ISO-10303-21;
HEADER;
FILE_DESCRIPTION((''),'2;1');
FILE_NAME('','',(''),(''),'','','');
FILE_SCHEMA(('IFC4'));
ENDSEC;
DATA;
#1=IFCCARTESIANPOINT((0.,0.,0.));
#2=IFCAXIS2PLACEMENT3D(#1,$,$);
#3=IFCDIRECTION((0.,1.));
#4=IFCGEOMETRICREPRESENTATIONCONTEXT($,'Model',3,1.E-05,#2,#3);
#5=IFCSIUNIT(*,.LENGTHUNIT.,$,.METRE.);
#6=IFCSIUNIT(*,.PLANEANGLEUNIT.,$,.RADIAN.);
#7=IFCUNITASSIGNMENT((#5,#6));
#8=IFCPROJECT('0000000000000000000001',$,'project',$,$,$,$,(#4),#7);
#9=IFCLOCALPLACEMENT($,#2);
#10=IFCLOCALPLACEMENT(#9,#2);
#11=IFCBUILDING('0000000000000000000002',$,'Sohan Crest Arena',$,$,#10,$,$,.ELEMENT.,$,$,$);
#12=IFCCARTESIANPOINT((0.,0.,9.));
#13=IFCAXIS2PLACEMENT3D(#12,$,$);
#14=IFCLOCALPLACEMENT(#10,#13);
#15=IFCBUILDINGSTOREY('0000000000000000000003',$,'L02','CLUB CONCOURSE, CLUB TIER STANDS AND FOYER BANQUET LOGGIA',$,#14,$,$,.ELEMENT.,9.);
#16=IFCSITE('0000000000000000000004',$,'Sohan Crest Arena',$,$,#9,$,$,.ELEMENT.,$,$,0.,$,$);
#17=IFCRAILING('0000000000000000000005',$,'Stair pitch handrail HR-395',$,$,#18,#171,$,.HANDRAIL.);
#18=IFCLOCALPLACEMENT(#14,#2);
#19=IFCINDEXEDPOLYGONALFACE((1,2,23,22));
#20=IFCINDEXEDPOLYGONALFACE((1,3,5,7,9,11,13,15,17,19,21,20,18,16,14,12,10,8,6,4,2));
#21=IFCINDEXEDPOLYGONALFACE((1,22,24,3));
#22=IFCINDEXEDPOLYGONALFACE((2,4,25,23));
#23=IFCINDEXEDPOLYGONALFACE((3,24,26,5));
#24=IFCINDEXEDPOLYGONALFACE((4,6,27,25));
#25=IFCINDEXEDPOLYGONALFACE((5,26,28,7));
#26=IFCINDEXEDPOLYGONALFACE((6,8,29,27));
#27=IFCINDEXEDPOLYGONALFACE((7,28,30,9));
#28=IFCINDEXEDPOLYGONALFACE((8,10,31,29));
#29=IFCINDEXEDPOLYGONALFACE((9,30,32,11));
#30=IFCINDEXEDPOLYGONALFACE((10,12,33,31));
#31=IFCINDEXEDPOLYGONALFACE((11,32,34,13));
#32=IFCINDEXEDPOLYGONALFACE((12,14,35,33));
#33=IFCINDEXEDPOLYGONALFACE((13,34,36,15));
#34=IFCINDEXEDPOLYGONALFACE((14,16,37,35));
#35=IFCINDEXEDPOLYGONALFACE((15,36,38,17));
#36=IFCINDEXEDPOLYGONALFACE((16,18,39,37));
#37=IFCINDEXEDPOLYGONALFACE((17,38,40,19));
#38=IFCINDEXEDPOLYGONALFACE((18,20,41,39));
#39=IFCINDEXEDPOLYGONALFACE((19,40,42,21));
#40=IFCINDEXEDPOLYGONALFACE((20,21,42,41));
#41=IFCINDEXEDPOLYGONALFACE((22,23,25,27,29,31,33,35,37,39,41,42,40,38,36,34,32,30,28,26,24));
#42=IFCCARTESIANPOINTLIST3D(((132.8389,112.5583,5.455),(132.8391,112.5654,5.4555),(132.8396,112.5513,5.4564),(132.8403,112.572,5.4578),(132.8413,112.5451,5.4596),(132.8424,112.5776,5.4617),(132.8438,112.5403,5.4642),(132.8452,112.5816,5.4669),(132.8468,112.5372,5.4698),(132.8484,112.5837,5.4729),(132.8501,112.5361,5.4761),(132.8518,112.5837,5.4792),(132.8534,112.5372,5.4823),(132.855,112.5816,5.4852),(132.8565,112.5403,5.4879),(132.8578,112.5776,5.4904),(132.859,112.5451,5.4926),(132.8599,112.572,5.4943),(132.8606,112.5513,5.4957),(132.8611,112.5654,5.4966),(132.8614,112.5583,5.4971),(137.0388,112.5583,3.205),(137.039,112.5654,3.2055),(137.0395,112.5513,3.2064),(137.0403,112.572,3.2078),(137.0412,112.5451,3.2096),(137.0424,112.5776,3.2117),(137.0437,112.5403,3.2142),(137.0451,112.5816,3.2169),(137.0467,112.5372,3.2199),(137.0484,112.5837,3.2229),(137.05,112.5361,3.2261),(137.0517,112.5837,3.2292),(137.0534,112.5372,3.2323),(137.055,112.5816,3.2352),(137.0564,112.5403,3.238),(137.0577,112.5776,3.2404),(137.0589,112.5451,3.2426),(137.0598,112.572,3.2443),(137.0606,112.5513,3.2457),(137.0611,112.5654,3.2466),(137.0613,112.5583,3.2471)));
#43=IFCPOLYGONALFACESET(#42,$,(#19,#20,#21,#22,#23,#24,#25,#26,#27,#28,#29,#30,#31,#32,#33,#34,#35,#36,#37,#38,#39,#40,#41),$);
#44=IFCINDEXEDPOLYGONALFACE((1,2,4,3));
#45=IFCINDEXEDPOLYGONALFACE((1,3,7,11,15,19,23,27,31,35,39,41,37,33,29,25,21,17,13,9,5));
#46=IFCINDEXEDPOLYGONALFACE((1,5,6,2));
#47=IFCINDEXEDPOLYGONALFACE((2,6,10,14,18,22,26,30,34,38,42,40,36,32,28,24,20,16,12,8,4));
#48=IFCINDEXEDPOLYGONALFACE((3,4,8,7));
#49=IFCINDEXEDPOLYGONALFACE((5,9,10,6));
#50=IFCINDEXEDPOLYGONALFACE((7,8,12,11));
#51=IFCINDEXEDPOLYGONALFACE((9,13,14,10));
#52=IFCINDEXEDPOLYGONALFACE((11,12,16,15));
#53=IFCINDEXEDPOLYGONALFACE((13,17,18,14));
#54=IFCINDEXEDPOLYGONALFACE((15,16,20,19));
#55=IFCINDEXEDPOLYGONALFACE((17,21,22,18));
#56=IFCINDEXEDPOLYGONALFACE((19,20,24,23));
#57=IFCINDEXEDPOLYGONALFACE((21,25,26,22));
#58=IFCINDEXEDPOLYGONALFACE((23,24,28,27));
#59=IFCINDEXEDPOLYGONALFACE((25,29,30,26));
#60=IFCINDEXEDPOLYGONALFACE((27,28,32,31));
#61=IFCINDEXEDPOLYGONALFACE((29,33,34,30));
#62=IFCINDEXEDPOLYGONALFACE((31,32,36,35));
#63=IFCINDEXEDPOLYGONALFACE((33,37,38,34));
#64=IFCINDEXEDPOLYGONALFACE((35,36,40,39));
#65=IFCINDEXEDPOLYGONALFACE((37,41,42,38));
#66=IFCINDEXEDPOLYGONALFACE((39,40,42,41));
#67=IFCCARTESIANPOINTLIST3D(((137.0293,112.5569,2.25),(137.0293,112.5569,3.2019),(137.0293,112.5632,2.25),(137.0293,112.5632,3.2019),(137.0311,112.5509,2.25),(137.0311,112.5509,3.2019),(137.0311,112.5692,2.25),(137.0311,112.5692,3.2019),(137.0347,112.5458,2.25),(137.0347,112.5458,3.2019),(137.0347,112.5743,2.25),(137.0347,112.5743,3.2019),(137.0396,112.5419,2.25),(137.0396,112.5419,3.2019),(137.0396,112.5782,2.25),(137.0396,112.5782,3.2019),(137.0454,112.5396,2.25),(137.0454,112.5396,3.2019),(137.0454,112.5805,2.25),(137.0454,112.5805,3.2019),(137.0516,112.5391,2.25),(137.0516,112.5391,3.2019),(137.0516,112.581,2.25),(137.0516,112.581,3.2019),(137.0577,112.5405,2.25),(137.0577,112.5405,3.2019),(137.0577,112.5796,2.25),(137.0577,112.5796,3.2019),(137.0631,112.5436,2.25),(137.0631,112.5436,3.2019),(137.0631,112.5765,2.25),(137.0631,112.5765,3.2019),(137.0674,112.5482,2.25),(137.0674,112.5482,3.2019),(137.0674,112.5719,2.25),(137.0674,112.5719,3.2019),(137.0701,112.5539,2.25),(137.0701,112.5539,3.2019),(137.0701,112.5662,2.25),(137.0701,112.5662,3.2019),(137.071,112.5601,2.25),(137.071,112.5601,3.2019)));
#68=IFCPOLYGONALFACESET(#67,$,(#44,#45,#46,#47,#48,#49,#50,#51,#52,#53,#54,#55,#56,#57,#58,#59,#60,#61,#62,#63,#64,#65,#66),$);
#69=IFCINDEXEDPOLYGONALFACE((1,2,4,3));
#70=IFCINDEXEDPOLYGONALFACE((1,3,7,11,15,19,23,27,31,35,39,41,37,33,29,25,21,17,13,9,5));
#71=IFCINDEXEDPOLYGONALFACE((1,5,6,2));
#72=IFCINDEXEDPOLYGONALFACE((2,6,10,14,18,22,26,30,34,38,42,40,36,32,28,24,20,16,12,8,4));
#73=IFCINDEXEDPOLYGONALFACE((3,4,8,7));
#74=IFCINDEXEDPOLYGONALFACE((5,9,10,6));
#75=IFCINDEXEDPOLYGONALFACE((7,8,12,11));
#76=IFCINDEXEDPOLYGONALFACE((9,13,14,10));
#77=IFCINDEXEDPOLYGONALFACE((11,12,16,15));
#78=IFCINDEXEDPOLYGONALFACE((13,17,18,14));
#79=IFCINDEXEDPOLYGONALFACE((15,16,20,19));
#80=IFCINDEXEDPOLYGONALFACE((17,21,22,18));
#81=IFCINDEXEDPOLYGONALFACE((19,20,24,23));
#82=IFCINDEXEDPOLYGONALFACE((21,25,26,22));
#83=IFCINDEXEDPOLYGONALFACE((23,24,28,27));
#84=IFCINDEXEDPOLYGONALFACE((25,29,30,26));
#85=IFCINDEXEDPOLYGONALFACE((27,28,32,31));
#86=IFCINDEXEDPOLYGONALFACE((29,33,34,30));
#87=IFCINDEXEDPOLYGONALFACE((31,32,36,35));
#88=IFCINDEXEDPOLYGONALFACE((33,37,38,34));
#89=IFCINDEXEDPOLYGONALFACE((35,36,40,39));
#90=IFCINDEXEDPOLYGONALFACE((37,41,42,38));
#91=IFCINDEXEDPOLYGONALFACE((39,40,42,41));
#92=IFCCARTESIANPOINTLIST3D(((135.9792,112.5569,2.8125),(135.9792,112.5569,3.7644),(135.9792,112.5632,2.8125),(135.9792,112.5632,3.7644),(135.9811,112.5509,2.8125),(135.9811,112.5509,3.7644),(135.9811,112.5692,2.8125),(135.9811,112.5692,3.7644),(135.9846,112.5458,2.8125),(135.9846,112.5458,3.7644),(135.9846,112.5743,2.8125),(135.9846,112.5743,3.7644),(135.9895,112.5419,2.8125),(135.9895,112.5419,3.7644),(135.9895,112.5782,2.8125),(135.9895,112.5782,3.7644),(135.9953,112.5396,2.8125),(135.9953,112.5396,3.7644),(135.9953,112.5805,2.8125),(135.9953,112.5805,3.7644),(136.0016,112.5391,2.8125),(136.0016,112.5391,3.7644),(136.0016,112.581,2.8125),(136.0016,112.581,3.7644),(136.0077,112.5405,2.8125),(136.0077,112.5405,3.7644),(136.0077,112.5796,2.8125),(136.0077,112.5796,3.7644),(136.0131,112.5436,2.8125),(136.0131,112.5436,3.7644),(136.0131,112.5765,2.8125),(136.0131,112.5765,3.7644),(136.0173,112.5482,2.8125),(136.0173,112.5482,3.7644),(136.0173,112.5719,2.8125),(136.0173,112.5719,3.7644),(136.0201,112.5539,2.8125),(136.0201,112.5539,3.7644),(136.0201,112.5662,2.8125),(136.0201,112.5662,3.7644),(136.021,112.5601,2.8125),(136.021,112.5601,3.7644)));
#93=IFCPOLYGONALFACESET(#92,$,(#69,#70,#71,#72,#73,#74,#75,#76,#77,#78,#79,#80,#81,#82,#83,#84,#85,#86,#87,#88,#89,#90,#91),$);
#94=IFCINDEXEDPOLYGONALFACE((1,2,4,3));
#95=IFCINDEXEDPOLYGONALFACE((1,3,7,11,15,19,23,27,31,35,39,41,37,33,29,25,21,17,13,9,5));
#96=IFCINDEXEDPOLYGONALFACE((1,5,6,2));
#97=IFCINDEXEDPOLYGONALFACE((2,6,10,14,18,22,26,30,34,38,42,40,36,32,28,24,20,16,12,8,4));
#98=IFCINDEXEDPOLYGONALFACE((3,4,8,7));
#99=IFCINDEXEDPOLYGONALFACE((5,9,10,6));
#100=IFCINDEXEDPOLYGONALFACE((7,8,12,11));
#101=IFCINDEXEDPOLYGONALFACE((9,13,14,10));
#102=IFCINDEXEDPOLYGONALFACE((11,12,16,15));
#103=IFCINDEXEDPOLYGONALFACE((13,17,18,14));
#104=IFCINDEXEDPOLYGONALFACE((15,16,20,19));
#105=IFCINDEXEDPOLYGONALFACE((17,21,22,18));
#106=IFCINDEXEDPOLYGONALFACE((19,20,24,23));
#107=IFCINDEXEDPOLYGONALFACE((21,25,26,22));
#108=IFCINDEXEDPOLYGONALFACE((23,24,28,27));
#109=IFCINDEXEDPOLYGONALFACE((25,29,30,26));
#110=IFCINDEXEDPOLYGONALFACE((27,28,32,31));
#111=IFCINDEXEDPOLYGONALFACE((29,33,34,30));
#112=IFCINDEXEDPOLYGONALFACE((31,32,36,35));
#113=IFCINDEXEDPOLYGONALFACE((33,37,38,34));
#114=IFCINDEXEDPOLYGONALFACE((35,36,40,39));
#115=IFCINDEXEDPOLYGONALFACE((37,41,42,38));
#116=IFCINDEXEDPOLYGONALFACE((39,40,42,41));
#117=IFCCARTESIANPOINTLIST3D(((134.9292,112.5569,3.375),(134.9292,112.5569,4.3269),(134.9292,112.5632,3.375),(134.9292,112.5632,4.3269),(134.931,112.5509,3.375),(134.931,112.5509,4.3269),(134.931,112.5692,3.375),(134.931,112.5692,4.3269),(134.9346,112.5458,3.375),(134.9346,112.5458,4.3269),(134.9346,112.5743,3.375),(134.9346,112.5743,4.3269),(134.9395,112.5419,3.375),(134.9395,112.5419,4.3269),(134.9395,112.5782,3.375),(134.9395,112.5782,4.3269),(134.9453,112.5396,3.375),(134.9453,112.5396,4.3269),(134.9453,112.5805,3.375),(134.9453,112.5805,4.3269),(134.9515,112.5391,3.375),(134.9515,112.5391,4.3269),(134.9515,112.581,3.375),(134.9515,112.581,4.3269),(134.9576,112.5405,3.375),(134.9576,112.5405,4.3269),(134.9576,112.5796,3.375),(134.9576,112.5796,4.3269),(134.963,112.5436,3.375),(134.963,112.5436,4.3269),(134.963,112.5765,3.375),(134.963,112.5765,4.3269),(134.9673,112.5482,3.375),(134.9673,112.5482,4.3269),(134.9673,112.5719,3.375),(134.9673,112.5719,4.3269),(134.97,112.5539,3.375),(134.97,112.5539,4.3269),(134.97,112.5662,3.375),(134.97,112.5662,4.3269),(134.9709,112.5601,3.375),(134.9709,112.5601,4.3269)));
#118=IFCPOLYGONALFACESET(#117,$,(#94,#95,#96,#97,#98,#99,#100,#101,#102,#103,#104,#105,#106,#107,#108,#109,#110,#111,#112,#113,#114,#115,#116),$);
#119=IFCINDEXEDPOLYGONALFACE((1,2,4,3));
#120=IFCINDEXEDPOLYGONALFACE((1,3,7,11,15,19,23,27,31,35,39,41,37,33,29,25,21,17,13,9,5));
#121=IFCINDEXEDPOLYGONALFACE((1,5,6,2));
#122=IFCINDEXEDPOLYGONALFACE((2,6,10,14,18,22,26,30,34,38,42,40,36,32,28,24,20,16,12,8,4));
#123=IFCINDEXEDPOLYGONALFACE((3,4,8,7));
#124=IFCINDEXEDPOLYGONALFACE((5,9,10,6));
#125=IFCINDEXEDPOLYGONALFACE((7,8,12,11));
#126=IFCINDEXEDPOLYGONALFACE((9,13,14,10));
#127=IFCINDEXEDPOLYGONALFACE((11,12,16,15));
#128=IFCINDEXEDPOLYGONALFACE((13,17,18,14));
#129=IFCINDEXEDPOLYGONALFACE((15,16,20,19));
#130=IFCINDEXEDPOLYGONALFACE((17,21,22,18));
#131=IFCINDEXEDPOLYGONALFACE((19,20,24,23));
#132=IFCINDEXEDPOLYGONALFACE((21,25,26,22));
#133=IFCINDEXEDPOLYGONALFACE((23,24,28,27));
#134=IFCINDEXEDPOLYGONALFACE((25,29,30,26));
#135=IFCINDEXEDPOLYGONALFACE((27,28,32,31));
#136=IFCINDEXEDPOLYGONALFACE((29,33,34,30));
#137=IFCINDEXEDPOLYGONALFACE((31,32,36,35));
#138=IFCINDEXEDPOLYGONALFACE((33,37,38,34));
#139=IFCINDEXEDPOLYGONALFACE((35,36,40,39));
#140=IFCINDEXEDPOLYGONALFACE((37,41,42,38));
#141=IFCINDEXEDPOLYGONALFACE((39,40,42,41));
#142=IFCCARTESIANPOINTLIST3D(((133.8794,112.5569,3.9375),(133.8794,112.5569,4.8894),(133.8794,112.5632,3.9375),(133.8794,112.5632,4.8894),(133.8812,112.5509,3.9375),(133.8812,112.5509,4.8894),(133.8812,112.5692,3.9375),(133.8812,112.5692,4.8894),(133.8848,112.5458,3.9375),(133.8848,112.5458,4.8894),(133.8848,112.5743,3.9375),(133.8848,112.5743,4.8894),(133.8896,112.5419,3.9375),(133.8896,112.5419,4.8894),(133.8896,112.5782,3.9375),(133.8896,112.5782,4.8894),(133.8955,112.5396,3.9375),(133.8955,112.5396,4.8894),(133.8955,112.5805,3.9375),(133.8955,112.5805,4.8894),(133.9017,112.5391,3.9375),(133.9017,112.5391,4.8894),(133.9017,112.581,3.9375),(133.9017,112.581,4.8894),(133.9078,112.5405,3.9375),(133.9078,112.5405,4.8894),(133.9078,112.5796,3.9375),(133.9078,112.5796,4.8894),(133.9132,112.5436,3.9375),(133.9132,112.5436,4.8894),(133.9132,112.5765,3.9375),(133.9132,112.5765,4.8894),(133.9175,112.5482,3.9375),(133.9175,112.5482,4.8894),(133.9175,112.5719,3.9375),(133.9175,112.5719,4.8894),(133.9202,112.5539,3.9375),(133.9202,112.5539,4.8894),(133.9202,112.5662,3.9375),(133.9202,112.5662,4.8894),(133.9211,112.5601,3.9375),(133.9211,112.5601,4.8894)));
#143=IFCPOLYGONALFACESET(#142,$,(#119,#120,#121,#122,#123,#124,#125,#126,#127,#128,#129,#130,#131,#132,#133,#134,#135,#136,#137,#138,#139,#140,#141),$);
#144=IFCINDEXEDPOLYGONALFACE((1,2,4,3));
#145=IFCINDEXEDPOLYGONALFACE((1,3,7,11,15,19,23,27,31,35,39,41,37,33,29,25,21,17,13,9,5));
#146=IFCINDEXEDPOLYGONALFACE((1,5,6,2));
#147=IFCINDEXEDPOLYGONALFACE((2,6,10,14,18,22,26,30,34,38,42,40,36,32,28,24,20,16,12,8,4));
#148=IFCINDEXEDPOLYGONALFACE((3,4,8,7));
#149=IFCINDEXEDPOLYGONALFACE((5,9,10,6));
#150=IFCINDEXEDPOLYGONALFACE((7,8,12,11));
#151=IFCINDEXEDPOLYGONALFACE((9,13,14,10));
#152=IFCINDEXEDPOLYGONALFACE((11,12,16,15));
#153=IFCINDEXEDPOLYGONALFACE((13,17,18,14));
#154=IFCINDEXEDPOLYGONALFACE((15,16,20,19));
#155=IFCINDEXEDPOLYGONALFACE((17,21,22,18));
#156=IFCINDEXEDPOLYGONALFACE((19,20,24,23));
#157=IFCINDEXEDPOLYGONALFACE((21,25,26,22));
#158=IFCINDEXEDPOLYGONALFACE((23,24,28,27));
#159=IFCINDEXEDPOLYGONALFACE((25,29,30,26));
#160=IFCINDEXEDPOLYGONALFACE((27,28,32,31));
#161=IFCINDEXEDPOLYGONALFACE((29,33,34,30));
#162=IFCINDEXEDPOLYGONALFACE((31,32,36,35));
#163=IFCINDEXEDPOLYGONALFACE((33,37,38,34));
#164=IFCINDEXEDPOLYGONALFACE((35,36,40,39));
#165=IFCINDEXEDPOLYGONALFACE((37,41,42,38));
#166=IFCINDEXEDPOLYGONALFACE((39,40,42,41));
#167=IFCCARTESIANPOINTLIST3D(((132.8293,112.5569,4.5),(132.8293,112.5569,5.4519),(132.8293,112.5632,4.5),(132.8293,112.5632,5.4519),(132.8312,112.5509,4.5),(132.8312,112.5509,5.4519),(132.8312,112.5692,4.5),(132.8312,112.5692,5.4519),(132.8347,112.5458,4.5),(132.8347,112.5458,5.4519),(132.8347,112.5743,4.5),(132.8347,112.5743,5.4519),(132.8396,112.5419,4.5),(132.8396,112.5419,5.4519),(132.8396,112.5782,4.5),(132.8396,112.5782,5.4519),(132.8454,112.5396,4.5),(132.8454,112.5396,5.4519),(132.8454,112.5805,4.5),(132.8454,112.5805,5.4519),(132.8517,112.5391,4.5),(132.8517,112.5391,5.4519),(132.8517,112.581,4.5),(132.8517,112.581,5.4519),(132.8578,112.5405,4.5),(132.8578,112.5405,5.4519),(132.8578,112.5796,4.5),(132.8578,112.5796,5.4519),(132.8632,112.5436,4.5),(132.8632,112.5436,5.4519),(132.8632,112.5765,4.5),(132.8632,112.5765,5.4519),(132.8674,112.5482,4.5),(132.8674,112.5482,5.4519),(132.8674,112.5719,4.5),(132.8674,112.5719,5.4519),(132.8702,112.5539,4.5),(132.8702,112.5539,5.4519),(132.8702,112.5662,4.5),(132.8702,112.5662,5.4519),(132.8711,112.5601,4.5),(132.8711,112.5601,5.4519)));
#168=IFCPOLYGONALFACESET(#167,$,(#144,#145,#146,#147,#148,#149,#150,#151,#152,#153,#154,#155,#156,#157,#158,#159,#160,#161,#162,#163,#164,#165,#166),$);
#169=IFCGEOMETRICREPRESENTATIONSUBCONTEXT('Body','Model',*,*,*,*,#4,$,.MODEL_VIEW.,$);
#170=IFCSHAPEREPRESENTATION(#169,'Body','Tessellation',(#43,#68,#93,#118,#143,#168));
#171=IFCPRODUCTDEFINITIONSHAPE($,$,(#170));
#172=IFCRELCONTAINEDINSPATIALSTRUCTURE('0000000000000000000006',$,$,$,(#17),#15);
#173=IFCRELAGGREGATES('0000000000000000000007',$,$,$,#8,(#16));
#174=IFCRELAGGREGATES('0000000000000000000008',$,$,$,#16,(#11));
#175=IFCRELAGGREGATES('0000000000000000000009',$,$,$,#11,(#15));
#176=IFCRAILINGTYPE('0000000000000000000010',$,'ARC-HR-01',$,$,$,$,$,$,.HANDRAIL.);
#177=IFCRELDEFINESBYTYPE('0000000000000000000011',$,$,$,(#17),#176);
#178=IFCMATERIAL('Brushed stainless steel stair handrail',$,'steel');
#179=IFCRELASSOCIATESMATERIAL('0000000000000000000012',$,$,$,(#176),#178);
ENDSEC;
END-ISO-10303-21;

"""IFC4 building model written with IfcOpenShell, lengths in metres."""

from ifc_helpers import new_model, si_unit, direction, frame, origin, origin_2d, place, context, subcontext, project, spatial, circle, extrude, material, type_object, element, save


model = new_model("IFC4")

# Units and contexts
model_context = context("Model", 3, precision=1e-05, world=origin(), true_north=direction((0.0, 1.0)))
body_context = subcontext(model_context, "Body", "Model", "MODEL_VIEW")
ifc_project = project(units=[si_unit("LENGTHUNIT", "METRE"), si_unit("PLANEANGLEUNIT", "RADIAN")], contexts=[model_context])

# Site, building, storey
site_placement = place(None, origin())
site = spatial("IfcSite", under=ifc_project, at=site_placement, Name="Sohan Crest Arena", CompositionType="ELEMENT", RefElevation=0.0)
building_placement = place(site_placement, origin())
building = spatial("IfcBuilding", under=site, at=building_placement, Name="Sohan Crest Arena", CompositionType="ELEMENT")
storey_placement = place(building_placement, frame((0.0, 0.0, 9.0)))
storey = spatial("IfcBuildingStorey", under=building, at=storey_placement, Name="L02", Description="CLUB CONCOURSE, CLUB TIER STANDS AND FOYER BANQUET LOGGIA", CompositionType="ELEMENT", Elevation=9.0)

# Railing
ifc_material_1 = material(Name="Brushed stainless steel stair handrail", Category="steel")
railing_type_1 = type_object("IfcRailingType", Name="ARC-HR-01", PredefinedType="HANDRAIL", material=ifc_material_1)
railing_1_placement = place(storey_placement, frame((137.05, 112.5601, 2.25)))
element("IfcRailing", 1, at=railing_1_placement, inside=storey, type_object=railing_type_1, Name="Stair pitch handrail HR-395", PredefinedType="HANDRAIL", context=body_context, shape_type="SweptSolid", body=[
    extrude(circle(Radius=0.0239, at=origin_2d()), frame((0.0, 0.0, 0.9761), z_axis=(-0.881478, 0.0, 0.472226), x_axis=(0.0, -1.0, 0.0)), (0.0, 0.0, 1.0), 4.7646),
    extrude(circle(Radius=0.021, at=origin_2d()), origin(), (0.0, 0.0, 1.0), 0.9519),
    extrude(circle(Radius=0.021, at=origin_2d()), frame((-1.05, 0.0, 0.5625)), (0.0, 0.0, 1.0), 0.9519),
    extrude(circle(Radius=0.021, at=origin_2d()), frame((-2.1001, 0.0, 1.125)), (0.0, 0.0, 1.0), 0.9519),
    extrude(circle(Radius=0.021, at=origin_2d()), frame((-3.1499, 0.0, 1.6875)), (0.0, 0.0, 1.0), 0.9519),
    extrude(circle(Radius=0.021, at=origin_2d()), frame((-4.2, 0.0, 2.25)), (0.0, 0.0, 1.0), 0.9519),
])

save(model, "model.ifc")
